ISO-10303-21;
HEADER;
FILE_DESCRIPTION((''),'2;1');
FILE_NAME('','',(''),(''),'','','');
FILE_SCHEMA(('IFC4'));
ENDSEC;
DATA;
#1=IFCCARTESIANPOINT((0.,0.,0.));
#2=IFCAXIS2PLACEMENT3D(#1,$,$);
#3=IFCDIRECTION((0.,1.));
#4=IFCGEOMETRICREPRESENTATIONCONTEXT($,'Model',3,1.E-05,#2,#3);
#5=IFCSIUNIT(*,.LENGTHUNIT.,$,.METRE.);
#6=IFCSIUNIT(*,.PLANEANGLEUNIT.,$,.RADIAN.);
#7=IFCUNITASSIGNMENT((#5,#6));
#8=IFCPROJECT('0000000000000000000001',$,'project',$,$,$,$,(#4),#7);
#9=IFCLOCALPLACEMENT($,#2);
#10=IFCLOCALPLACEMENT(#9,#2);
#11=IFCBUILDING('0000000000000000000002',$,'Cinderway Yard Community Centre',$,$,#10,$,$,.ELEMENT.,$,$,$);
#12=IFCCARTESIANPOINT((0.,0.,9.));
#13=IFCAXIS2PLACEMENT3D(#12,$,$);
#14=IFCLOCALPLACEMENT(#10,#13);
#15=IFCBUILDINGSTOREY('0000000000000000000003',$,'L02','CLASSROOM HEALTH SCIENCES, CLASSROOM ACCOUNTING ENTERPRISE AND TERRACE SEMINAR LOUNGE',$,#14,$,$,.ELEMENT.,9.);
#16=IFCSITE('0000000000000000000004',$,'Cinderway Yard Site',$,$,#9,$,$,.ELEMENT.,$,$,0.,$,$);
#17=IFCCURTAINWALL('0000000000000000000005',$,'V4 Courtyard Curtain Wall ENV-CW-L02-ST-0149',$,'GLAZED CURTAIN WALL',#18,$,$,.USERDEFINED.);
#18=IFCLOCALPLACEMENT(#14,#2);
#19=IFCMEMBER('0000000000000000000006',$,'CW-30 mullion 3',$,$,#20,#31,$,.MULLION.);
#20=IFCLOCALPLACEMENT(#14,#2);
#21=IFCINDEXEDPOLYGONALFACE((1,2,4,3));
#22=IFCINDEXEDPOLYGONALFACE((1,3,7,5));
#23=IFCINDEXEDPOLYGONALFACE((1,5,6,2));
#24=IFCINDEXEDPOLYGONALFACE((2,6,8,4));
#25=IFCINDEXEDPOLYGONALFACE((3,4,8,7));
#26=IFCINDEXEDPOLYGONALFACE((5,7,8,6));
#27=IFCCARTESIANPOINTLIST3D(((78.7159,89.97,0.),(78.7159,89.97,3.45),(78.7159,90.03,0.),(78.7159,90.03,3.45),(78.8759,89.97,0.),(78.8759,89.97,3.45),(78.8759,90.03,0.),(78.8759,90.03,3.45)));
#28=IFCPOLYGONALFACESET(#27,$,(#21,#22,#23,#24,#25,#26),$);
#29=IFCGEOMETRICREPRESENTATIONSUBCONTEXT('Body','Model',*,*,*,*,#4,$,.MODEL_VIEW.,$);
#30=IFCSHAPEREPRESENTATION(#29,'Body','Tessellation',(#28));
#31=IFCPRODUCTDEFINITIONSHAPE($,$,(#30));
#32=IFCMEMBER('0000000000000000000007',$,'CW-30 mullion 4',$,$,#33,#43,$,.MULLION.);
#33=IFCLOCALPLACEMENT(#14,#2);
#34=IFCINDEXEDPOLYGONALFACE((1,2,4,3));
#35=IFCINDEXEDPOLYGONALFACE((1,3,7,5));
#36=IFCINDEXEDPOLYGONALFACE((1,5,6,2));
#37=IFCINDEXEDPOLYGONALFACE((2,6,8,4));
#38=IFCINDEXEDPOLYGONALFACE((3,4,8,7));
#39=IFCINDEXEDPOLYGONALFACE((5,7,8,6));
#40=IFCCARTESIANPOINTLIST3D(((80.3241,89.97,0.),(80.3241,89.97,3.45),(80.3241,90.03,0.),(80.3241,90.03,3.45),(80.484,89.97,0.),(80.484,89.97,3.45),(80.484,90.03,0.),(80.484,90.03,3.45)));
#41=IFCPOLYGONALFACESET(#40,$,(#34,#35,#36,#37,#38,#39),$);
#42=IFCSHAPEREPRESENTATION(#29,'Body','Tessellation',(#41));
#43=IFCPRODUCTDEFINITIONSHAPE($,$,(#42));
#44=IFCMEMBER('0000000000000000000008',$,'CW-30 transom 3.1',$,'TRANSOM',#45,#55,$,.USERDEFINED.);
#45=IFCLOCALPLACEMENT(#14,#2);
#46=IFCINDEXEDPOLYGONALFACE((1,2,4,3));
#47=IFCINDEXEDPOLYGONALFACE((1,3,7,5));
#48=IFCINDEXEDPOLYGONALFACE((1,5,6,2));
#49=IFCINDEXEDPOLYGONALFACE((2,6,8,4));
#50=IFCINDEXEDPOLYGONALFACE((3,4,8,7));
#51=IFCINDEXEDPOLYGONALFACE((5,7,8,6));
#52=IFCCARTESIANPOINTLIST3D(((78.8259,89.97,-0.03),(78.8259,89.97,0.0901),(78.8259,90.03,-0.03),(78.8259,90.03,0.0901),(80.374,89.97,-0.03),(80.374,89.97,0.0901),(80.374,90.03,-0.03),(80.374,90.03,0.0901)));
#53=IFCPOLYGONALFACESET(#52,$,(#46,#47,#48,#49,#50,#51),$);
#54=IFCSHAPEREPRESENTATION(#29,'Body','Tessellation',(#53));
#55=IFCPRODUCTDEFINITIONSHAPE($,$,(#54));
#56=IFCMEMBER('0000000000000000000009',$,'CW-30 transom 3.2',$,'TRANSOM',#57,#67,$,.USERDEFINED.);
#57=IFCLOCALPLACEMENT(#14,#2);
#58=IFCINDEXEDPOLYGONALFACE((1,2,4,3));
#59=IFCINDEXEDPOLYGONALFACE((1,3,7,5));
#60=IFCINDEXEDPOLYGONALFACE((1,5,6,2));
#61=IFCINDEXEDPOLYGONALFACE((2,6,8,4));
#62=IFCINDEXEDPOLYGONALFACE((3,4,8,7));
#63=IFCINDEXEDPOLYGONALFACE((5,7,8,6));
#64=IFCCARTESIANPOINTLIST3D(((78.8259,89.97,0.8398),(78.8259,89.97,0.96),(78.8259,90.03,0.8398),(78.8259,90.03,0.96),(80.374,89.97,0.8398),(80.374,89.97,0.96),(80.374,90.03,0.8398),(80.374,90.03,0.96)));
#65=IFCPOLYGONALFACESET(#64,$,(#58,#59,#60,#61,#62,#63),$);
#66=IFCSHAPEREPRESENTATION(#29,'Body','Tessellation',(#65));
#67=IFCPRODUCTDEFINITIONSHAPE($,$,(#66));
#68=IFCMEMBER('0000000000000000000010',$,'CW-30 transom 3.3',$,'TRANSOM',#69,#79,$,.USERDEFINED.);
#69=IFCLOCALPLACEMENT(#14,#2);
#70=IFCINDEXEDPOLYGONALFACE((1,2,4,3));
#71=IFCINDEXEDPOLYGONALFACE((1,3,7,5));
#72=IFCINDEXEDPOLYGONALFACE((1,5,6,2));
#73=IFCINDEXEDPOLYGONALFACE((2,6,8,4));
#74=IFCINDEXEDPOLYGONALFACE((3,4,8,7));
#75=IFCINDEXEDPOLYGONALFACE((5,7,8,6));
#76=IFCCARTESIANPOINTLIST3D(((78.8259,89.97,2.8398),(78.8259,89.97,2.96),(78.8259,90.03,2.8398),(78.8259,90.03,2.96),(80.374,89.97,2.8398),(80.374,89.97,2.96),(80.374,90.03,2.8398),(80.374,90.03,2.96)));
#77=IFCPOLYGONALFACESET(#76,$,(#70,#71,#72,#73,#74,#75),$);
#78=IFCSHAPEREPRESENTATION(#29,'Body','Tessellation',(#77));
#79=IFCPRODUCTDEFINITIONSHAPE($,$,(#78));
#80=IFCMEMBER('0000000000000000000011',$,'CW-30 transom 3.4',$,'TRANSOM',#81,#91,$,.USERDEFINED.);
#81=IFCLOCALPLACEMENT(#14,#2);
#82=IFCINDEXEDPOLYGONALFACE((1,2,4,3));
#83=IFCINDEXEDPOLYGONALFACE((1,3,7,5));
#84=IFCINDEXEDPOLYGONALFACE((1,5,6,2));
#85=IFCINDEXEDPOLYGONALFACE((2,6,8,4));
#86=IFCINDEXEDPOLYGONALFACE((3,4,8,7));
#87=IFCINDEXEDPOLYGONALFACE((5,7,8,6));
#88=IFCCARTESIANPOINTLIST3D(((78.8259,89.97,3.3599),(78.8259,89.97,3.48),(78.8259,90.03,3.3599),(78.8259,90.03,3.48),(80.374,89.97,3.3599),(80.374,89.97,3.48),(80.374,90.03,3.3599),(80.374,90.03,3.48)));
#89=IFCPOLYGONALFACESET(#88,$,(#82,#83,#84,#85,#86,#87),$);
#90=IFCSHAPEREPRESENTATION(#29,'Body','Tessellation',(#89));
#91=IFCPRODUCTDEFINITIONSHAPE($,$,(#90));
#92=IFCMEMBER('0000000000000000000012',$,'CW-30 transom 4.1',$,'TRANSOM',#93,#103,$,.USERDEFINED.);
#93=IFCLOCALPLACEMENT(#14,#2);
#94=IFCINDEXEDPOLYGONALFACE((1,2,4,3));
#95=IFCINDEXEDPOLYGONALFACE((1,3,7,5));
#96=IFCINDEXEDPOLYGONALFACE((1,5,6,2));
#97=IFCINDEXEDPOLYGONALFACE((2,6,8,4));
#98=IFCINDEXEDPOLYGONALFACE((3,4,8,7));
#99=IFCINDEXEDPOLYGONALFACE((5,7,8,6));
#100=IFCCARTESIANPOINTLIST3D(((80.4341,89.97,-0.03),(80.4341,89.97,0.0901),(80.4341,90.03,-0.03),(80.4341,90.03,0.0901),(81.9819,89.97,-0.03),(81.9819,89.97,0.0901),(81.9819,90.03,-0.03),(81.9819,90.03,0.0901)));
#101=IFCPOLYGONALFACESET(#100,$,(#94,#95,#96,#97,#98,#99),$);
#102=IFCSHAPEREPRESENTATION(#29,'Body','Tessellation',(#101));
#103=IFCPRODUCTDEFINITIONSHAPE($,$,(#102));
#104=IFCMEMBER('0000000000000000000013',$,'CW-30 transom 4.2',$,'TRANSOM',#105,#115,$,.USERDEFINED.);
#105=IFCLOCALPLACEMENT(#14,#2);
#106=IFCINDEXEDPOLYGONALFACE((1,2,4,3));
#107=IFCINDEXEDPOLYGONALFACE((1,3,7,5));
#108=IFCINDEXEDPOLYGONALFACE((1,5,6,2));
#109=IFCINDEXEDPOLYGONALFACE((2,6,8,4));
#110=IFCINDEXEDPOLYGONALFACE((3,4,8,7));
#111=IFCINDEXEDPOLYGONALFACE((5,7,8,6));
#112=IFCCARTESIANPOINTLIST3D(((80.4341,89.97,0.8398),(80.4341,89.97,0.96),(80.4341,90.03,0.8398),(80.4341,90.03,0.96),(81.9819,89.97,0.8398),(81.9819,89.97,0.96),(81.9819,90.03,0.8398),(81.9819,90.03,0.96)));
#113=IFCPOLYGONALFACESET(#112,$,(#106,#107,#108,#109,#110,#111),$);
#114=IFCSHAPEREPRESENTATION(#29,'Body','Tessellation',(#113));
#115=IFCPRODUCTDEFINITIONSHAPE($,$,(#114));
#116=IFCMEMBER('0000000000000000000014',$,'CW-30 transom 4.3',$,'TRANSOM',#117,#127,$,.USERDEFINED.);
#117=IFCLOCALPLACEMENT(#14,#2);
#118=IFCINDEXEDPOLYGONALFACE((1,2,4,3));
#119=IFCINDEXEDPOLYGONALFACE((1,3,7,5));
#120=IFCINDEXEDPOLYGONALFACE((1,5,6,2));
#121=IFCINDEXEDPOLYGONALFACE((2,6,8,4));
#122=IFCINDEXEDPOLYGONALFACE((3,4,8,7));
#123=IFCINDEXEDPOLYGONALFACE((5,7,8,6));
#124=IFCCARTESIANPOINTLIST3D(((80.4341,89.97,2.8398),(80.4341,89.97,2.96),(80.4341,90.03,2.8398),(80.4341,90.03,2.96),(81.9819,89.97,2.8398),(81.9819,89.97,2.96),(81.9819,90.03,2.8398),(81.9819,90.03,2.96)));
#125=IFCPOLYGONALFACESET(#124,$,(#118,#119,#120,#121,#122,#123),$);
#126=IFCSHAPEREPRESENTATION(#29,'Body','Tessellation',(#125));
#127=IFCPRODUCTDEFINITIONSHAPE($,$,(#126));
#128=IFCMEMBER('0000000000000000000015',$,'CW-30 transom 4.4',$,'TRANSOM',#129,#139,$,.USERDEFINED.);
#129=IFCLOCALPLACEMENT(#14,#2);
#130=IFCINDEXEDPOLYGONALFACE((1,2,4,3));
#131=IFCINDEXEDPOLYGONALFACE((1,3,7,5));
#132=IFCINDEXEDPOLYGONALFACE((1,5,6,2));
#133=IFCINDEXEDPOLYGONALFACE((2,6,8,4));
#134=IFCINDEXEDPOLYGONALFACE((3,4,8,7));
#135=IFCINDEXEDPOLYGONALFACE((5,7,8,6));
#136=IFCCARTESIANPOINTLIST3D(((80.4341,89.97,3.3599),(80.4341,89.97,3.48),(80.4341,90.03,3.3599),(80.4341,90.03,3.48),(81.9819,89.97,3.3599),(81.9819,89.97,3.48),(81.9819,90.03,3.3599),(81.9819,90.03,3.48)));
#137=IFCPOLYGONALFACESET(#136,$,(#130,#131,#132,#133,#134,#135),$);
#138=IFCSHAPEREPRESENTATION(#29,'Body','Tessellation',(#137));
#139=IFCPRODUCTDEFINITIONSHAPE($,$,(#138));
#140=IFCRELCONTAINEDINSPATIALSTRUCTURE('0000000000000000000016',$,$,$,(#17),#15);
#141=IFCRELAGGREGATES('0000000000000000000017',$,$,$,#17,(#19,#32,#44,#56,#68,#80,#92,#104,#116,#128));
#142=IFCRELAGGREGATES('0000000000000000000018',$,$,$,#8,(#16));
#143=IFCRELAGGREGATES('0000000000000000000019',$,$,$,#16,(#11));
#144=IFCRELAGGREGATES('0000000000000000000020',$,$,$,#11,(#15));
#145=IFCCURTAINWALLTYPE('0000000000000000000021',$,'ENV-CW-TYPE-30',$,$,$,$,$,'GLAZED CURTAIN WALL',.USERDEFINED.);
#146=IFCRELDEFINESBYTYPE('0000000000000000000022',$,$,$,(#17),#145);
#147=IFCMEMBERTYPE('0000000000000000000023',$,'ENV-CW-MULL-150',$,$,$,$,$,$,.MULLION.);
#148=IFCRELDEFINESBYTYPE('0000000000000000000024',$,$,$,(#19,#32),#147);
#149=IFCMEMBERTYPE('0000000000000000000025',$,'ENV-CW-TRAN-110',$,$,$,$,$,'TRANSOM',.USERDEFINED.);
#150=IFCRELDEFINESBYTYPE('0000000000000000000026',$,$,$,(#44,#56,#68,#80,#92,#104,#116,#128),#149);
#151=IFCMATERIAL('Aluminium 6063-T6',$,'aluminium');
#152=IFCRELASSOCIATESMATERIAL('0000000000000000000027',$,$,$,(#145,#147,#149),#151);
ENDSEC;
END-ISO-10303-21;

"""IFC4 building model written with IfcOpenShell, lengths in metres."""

from ifc_helpers import new_model, si_unit, direction, frame, origin, origin_2d, place, context, subcontext, project, spatial, rectangle, extrude, material, material_profile, profile_set, type_object, element, aggregate, save


model = new_model("IFC4")

# Units and contexts
model_context = context("Model", 3, precision=1e-05, world=origin(), true_north=direction((0.0, 1.0)))
body_context = subcontext(model_context, "Body", "Model", "MODEL_VIEW")
ifc_project = project(units=[si_unit("LENGTHUNIT", "METRE"), si_unit("PLANEANGLEUNIT", "RADIAN")], contexts=[model_context])

# Site, building, storey
site_placement = place(None, origin())
site = spatial("IfcSite", under=ifc_project, at=site_placement, Name="Cinderway Yard Site", CompositionType="ELEMENT", RefElevation=0.0)
building_placement = place(site_placement, origin())
building = spatial("IfcBuilding", under=site, at=building_placement, Name="Cinderway Yard Community Centre", CompositionType="ELEMENT")
storey_placement = place(building_placement, frame((0.0, 0.0, 9.0)))
storey = spatial("IfcBuildingStorey", under=building, at=storey_placement, Name="L02", Description="CLASSROOM HEALTH SCIENCES, CLASSROOM ACCOUNTING ENTERPRISE AND TERRACE SEMINAR LOUNGE", CompositionType="ELEMENT", Elevation=9.0)

# Curtain wall, members
ifc_material_1 = material(Name="Aluminium 6063-T6", Category="aluminium")
curtain_wall_type = type_object("IfcCurtainWallType", Name="ENV-CW-TYPE-30", ElementType="GLAZED CURTAIN WALL", PredefinedType="USERDEFINED", material=ifc_material_1)
curtain_wall_placement = place(storey_placement, origin())
curtain_wall = element("IfcCurtainWall", 1, at=curtain_wall_placement, inside=storey, type_object=curtain_wall_type, Name="V4 Courtyard Curtain Wall ENV-CW-L02-ST-0149", ObjectType="GLAZED CURTAIN WALL", PredefinedType="USERDEFINED")
ifc_material_profile_1 = material_profile(ifc_material_1, rectangle(XDim=0.0601, YDim=0.1599, at=origin_2d()), Name="Aluminium 6063-T6")
ifc_profile_set_1 = profile_set([ifc_material_profile_1], Name="Aluminium 6063-T6")
member_type_1 = type_object("IfcMemberType", Name="ENV-CW-MULL-150", PredefinedType="MULLION", material=ifc_profile_set_1)
member_1_placement = place(storey_placement, frame((78.7959, 90.0, 0.0), z_axis=(0.0, 0.0, 1.0), x_axis=(0.0, 1.0, 0.0)))
member_1 = element("IfcMember", 2, at=member_1_placement, type_object=member_type_1, Name="CW-30 mullion 3", PredefinedType="MULLION", context=body_context, shape_type="SweptSolid", body=[
    extrude(rectangle(XDim=0.0601, YDim=0.1599, at=origin_2d()), origin(), (0.0, 0.0, 1.0), 3.45),
])
member_2_placement = place(storey_placement, frame((80.4041, 90.0, 0.0), z_axis=(0.0, 0.0, 1.0), x_axis=(0.0, 1.0, 0.0)))
member_2 = element("IfcMember", 3, at=member_2_placement, type_object=member_type_1, Name="CW-30 mullion 4", PredefinedType="MULLION", context=body_context, shape_type="SweptSolid", body=[
    extrude(rectangle(XDim=0.0601, YDim=0.1599, at=origin_2d()), origin(), (0.0, 0.0, 1.0), 3.45),
])
ifc_material_profile_2 = material_profile(ifc_material_1, rectangle(XDim=0.0601, YDim=0.1201, at=origin_2d()), Name="Aluminium 6063-T6")
ifc_profile_set_2 = profile_set([ifc_material_profile_2], Name="Aluminium 6063-T6")
member_type_2 = type_object("IfcMemberType", Name="ENV-CW-TRAN-110", ElementType="TRANSOM", PredefinedType="USERDEFINED", material=ifc_profile_set_2)
member_3_placement = place(storey_placement, frame((78.8259, 90.0, 0.03), z_axis=(1.0, 0.0, 0.0), x_axis=(0.0, 1.0, 0.0)))
member_3 = element("IfcMember", 4, at=member_3_placement, type_object=member_type_2, Name="CW-30 transom 3.1", ObjectType="TRANSOM", PredefinedType="USERDEFINED", context=body_context, shape_type="SweptSolid", body=[
    extrude(rectangle(XDim=0.0601, YDim=0.1201, at=origin_2d()), origin(), (0.0, 0.0, 1.0), 1.5481),
])
member_4_placement = place(storey_placement, frame((78.8259, 90.0, 0.8999), z_axis=(1.0, 0.0, 0.0), x_axis=(0.0, 1.0, 0.0)))
member_4 = element("IfcMember", 5, at=member_4_placement, type_object=member_type_2, Name="CW-30 transom 3.2", ObjectType="TRANSOM", PredefinedType="USERDEFINED", context=body_context, shape_type="SweptSolid", body=[
    extrude(rectangle(XDim=0.0601, YDim=0.1201, at=origin_2d()), origin(), (0.0, 0.0, 1.0), 1.5481),
])
member_5_placement = place(storey_placement, frame((78.8259, 90.0, 2.8999), z_axis=(1.0, 0.0, 0.0), x_axis=(0.0, 1.0, 0.0)))
member_5 = element("IfcMember", 6, at=member_5_placement, type_object=member_type_2, Name="CW-30 transom 3.3", ObjectType="TRANSOM", PredefinedType="USERDEFINED", context=body_context, shape_type="SweptSolid", body=[
    extrude(rectangle(XDim=0.0601, YDim=0.1201, at=origin_2d()), origin(), (0.0, 0.0, 1.0), 1.5481),
])
member_6_placement = place(storey_placement, frame((78.8259, 90.0, 3.4199), z_axis=(1.0, 0.0, 0.0), x_axis=(0.0, 1.0, 0.0)))
member_6 = element("IfcMember", 7, at=member_6_placement, type_object=member_type_2, Name="CW-30 transom 3.4", ObjectType="TRANSOM", PredefinedType="USERDEFINED", context=body_context, shape_type="SweptSolid", body=[
    extrude(rectangle(XDim=0.0601, YDim=0.1201, at=origin_2d()), origin(), (0.0, 0.0, 1.0), 1.5481),
])
member_7_placement = place(storey_placement, frame((80.4341, 90.0, 0.03), z_axis=(1.0, 0.0, 0.0), x_axis=(0.0, 1.0, 0.0)))
member_7 = element("IfcMember", 8, at=member_7_placement, type_object=member_type_2, Name="CW-30 transom 4.1", ObjectType="TRANSOM", PredefinedType="USERDEFINED", context=body_context, shape_type="SweptSolid", body=[
    extrude(rectangle(XDim=0.0601, YDim=0.1201, at=origin_2d()), origin(), (0.0, 0.0, 1.0), 1.5479),
])
member_8_placement = place(storey_placement, frame((80.4341, 90.0, 0.8999), z_axis=(1.0, 0.0, 0.0), x_axis=(0.0, 1.0, 0.0)))
member_8 = element("IfcMember", 9, at=member_8_placement, type_object=member_type_2, Name="CW-30 transom 4.2", ObjectType="TRANSOM", PredefinedType="USERDEFINED", context=body_context, shape_type="SweptSolid", body=[
    extrude(rectangle(XDim=0.0601, YDim=0.1201, at=origin_2d()), origin(), (0.0, 0.0, 1.0), 1.5479),
])
member_9_placement = place(storey_placement, frame((80.4341, 90.0, 2.8999), z_axis=(1.0, 0.0, 0.0), x_axis=(0.0, 1.0, 0.0)))
member_9 = element("IfcMember", 10, at=member_9_placement, type_object=member_type_2, Name="CW-30 transom 4.3", ObjectType="TRANSOM", PredefinedType="USERDEFINED", context=body_context, shape_type="SweptSolid", body=[
    extrude(rectangle(XDim=0.0601, YDim=0.1201, at=origin_2d()), origin(), (0.0, 0.0, 1.0), 1.5479),
])
member_10_placement = place(storey_placement, frame((80.4341, 90.0, 3.4199), z_axis=(1.0, 0.0, 0.0), x_axis=(0.0, 1.0, 0.0)))
member_10 = element("IfcMember", 11, at=member_10_placement, type_object=member_type_2, Name="CW-30 transom 4.4", ObjectType="TRANSOM", PredefinedType="USERDEFINED", context=body_context, shape_type="SweptSolid", body=[
    extrude(rectangle(XDim=0.0601, YDim=0.1201, at=origin_2d()), origin(), (0.0, 0.0, 1.0), 1.5479),
])

aggregate(curtain_wall, [member_1, member_2, member_3, member_4, member_5, member_6, member_7, member_8, member_9, member_10])

save(model, "model.ifc")
